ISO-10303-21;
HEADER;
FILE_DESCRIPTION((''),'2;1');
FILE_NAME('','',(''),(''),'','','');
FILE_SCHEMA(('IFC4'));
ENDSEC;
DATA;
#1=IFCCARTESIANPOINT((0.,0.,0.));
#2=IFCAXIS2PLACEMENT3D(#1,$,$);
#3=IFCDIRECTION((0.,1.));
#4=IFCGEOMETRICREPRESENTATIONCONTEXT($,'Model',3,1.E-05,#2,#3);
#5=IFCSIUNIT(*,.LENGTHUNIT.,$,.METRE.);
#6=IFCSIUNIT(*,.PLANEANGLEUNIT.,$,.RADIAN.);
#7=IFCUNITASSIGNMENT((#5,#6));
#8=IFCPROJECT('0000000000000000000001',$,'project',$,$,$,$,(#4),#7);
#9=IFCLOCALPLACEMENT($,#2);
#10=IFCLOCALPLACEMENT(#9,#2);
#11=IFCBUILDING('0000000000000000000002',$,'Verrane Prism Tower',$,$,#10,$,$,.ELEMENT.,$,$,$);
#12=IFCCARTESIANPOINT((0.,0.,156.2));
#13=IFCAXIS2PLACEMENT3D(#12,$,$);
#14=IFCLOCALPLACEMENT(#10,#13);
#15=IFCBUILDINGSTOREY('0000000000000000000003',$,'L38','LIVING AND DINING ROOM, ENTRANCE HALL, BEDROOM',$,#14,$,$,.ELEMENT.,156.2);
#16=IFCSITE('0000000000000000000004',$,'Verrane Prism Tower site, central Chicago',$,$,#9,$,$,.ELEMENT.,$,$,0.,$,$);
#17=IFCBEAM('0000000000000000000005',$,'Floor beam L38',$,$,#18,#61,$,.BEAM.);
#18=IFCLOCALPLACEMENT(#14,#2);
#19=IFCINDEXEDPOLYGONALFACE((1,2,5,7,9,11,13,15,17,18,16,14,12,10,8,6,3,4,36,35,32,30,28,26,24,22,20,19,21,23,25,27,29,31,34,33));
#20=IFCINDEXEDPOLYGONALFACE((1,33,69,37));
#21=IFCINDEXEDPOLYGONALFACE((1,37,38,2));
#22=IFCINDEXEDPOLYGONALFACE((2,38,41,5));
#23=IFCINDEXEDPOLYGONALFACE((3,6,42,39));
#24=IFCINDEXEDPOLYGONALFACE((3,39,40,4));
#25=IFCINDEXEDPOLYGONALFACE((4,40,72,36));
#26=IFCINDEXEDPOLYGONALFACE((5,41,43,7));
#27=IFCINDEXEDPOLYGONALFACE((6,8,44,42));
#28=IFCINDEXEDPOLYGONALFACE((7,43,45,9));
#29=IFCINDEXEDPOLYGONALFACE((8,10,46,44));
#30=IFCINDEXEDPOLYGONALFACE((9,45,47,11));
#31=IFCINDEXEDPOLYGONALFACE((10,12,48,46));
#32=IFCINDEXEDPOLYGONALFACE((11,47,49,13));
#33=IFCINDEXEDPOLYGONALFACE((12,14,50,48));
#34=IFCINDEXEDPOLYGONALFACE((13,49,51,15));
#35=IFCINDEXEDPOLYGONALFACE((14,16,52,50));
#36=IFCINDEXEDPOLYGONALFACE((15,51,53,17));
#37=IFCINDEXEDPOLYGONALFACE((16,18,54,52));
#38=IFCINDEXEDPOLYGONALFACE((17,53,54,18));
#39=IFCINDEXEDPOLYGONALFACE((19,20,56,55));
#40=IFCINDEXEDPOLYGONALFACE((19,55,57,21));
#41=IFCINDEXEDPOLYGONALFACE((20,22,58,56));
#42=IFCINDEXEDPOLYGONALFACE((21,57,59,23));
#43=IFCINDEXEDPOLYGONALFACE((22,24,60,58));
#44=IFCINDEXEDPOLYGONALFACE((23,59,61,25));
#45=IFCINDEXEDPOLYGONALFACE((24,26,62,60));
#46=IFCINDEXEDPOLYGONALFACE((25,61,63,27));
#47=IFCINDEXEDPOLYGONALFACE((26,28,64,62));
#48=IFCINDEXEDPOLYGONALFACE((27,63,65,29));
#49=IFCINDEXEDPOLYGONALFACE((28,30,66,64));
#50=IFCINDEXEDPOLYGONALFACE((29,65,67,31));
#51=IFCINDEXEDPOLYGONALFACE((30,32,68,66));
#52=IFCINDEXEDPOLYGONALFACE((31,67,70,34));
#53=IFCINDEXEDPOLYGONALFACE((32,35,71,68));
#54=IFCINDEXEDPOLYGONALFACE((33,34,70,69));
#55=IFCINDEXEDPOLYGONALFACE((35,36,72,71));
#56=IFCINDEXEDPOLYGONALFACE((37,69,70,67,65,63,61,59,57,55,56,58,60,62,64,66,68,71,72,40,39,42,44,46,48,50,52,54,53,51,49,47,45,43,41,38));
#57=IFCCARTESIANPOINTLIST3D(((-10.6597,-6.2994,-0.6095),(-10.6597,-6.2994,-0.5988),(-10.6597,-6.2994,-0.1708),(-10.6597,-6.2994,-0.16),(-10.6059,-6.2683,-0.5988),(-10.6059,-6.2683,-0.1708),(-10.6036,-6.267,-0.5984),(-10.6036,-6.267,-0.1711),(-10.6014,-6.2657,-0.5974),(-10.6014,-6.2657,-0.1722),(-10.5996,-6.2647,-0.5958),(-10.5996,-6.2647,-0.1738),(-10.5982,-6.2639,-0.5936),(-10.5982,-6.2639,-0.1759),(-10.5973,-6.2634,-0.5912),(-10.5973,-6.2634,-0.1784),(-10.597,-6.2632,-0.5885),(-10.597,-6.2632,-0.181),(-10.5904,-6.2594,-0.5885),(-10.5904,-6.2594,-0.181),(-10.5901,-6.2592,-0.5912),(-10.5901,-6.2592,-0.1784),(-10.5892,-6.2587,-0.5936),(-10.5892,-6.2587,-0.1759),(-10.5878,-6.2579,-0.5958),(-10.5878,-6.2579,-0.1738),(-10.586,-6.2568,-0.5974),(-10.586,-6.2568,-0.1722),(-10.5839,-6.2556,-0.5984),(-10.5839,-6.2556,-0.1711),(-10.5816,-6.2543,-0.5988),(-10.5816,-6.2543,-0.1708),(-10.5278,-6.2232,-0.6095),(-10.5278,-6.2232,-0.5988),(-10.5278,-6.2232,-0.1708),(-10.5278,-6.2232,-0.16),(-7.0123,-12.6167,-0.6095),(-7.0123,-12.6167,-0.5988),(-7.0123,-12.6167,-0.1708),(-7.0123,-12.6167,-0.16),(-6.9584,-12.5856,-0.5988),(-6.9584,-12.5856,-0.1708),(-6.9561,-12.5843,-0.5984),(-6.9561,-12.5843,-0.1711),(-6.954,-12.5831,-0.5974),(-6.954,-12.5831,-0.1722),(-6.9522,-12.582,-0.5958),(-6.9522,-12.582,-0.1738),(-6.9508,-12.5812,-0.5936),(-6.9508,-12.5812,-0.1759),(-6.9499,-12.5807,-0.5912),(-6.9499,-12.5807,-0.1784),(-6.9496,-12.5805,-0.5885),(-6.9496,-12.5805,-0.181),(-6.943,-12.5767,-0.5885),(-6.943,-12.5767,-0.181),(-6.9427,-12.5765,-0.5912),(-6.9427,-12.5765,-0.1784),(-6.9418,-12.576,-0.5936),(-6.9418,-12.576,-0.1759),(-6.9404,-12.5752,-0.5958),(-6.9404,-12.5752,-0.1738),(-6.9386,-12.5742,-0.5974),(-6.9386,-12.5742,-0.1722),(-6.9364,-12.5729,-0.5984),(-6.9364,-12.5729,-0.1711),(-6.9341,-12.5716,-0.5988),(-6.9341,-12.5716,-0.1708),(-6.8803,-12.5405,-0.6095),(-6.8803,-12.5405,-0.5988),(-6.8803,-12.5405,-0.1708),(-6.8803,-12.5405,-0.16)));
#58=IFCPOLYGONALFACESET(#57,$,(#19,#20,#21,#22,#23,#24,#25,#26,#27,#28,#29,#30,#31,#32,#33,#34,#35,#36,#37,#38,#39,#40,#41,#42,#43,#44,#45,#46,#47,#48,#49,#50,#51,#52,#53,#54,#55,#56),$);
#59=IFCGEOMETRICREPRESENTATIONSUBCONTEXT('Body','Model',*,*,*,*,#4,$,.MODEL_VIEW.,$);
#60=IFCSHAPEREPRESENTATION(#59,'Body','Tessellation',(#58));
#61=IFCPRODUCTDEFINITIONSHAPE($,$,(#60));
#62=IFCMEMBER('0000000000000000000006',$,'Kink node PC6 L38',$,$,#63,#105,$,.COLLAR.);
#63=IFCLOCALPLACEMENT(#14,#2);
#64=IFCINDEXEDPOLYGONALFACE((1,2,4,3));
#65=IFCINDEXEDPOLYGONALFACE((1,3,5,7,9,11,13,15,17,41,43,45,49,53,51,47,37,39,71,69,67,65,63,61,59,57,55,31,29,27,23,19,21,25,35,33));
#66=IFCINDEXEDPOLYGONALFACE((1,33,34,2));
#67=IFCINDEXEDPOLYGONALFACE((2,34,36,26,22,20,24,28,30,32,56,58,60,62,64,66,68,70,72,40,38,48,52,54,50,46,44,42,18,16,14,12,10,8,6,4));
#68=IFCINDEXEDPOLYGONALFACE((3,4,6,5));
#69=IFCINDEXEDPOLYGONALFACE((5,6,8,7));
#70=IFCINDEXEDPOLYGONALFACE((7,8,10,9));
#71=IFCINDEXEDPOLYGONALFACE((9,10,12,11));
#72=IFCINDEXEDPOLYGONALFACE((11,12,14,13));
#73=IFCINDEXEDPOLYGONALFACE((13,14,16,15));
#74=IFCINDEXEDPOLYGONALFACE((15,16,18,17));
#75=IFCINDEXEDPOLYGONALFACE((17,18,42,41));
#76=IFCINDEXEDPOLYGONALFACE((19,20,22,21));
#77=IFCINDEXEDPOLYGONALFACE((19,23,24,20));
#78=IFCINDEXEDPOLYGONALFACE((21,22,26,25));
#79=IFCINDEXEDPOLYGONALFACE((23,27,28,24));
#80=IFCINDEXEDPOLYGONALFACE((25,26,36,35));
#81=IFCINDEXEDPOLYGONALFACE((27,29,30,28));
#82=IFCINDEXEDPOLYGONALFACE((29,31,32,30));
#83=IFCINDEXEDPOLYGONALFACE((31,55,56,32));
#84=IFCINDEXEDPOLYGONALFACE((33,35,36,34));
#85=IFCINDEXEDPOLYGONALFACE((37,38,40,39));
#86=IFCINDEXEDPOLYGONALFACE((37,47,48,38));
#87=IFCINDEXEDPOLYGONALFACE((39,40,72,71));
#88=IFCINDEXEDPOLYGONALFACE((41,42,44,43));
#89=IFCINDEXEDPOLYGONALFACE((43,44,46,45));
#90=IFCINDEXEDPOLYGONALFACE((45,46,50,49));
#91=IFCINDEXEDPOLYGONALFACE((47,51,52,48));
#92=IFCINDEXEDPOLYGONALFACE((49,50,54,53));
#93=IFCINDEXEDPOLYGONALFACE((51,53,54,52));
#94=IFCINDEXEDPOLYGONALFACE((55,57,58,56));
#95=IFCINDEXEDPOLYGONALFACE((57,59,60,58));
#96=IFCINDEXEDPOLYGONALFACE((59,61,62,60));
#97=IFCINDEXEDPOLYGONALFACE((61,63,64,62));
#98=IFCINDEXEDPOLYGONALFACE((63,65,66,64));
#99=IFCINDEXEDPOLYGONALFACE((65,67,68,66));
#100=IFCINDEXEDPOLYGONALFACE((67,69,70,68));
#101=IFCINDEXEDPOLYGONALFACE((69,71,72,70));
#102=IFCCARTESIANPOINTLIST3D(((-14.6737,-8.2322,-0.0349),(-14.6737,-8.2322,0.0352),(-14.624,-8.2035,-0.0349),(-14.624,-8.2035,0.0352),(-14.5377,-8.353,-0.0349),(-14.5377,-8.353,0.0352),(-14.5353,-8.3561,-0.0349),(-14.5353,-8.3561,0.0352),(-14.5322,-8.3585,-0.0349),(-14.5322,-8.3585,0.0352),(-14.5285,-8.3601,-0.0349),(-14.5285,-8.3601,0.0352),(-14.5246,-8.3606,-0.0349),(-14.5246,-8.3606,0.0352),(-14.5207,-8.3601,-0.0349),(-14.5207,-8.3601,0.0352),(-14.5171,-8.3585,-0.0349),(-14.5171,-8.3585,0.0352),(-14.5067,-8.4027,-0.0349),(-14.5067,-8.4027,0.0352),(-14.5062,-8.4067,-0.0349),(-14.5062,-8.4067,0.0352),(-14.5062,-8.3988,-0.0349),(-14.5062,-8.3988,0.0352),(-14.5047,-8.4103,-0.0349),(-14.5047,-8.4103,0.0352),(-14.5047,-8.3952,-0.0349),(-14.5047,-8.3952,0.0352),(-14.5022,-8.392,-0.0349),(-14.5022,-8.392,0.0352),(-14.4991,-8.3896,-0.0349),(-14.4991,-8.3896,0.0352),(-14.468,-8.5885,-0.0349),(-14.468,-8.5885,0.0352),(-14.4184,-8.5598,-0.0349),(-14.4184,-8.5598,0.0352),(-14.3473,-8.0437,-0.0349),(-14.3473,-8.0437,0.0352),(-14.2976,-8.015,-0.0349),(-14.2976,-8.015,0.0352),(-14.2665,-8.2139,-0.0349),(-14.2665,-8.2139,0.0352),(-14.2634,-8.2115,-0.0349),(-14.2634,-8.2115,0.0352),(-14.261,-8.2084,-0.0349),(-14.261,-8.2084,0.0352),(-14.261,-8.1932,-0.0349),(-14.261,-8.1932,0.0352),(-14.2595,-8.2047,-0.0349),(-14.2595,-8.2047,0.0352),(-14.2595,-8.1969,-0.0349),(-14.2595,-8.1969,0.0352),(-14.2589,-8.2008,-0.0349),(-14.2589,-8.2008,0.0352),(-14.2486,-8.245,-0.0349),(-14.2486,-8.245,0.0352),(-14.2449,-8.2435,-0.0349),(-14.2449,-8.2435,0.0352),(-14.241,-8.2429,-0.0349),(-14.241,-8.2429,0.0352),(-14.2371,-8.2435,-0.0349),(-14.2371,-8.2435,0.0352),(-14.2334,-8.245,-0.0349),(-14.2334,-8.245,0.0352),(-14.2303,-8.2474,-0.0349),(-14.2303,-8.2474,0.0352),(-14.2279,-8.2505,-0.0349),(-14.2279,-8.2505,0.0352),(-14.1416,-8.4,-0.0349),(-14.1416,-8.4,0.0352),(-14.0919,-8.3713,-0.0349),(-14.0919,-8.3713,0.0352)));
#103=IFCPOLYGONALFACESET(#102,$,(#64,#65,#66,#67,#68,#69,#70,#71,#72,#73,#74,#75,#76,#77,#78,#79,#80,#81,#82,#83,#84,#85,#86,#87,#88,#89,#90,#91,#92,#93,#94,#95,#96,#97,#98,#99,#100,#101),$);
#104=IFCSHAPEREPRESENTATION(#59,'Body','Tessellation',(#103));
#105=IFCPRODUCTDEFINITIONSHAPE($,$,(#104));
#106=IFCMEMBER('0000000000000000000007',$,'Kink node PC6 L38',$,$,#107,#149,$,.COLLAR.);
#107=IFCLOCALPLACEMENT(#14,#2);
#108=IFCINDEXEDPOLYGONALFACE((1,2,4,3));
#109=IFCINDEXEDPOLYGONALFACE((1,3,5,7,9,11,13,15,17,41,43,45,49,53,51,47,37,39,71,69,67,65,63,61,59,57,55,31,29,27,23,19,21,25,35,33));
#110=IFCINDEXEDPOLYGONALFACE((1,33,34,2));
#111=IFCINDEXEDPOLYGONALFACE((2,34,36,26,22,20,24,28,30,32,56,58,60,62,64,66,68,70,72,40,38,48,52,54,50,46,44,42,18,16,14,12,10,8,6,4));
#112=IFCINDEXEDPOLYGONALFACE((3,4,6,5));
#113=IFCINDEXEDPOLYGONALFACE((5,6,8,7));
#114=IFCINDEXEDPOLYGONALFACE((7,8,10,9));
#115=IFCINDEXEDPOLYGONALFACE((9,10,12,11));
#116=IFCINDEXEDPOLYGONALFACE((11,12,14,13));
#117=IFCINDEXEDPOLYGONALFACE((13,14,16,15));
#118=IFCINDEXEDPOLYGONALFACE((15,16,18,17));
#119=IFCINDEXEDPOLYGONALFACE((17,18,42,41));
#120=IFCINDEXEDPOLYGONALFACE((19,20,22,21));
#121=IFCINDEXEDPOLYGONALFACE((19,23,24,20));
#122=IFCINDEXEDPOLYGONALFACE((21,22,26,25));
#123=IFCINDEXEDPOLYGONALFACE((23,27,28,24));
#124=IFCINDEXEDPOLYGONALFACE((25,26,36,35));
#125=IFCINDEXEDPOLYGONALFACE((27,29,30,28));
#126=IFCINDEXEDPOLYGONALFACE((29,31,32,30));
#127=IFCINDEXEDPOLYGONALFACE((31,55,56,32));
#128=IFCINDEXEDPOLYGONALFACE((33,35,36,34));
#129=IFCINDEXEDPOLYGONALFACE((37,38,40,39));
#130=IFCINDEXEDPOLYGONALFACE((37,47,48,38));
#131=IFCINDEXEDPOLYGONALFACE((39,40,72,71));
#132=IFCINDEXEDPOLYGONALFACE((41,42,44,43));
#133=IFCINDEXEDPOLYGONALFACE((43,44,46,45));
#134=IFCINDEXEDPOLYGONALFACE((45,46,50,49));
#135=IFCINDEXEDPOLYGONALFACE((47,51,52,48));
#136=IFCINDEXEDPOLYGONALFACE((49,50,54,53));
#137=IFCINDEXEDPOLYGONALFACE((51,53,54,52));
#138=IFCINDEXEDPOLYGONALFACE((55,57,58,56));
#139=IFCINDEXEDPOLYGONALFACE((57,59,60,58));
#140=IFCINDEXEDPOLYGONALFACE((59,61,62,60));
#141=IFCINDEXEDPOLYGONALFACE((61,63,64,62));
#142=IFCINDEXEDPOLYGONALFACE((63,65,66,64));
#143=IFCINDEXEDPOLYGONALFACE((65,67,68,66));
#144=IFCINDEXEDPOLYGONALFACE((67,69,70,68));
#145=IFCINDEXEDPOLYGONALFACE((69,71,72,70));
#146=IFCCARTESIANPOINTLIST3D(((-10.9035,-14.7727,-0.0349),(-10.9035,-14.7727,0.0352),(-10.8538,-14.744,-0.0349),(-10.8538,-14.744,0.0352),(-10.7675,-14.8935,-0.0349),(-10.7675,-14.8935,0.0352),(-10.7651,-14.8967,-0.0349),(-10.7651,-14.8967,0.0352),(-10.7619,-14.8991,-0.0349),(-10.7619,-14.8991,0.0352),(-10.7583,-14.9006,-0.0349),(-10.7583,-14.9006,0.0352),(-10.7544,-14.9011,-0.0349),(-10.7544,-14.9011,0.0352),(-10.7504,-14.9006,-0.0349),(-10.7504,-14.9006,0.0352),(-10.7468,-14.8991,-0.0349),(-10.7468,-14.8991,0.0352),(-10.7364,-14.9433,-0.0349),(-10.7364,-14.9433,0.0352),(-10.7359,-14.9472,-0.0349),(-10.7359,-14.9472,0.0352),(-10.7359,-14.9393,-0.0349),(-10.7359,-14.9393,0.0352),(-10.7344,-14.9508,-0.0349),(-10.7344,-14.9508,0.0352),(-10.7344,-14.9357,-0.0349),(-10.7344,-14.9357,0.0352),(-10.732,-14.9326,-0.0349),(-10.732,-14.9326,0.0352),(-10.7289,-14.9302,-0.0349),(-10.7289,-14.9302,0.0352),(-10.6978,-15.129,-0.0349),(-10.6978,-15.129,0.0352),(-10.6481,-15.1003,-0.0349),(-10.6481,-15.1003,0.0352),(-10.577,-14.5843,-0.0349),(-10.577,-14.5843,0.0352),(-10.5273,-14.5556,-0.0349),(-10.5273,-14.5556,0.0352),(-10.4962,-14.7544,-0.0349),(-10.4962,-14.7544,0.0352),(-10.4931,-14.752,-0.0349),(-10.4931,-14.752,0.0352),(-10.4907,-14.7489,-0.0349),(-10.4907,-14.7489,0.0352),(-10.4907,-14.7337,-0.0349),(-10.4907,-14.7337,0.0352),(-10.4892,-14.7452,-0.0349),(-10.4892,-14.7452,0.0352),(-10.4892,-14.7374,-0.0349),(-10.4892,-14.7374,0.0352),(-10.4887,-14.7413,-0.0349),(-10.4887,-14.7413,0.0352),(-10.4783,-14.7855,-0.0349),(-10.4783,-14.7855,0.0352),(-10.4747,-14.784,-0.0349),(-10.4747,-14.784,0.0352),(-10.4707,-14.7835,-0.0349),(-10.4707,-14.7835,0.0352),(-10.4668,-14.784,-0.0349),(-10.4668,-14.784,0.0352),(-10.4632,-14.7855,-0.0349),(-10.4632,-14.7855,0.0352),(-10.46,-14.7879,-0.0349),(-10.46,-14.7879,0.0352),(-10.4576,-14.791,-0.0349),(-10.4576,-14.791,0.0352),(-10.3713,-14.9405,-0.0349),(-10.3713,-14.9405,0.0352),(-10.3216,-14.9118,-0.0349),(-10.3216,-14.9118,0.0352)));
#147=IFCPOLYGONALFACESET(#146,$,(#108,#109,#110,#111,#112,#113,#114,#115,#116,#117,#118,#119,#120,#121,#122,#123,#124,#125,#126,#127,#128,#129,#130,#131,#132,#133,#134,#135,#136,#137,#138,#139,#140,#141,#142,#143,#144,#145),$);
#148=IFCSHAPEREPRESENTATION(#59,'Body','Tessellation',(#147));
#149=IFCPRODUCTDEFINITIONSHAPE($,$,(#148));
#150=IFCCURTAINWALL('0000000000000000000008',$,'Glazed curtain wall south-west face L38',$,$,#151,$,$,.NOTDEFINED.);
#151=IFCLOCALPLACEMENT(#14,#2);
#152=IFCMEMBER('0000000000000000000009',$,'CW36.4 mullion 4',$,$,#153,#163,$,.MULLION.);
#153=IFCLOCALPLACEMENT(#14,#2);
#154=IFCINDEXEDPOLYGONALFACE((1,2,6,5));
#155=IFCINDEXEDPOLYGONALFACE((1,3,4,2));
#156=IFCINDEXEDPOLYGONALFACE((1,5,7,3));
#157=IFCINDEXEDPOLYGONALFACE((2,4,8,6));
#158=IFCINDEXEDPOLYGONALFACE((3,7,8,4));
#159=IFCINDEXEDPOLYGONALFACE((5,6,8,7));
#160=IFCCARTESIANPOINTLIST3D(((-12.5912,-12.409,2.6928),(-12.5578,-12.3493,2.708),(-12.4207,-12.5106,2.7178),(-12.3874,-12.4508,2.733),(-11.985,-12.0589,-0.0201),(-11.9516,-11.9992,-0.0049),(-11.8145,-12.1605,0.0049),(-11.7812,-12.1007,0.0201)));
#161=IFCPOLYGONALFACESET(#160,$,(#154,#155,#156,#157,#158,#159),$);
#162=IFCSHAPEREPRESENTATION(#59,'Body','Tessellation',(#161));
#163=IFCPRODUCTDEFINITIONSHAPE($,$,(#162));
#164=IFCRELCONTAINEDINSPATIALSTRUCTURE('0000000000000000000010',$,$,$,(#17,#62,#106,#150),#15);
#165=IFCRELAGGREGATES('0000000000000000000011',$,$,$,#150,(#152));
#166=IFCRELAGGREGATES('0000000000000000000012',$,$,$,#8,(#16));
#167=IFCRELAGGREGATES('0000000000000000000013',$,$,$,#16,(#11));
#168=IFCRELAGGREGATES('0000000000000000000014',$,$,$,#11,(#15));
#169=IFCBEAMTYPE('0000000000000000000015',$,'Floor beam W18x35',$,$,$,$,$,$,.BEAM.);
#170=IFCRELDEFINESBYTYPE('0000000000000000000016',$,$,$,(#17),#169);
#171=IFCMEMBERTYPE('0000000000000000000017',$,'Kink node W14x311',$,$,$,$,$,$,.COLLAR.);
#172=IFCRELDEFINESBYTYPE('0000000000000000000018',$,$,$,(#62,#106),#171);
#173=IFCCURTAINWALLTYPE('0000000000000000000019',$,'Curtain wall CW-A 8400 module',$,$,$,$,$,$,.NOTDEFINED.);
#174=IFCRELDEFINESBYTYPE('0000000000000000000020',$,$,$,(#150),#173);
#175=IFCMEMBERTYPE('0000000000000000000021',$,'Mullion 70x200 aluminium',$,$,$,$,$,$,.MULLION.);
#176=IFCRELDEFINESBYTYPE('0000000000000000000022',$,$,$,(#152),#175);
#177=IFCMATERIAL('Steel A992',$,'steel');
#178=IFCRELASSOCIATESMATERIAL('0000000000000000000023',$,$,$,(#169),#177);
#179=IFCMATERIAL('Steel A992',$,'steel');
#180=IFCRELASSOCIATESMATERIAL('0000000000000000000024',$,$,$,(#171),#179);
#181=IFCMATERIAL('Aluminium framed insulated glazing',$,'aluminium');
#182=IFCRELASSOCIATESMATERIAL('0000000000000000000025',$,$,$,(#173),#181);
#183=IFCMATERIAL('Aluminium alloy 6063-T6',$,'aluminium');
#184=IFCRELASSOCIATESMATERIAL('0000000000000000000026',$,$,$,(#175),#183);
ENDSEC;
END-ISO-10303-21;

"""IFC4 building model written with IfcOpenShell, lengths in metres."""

from ifc_helpers import new_model, si_unit, direction, frame, origin, origin_2d, place, context, subcontext, project, spatial, rectangle, i_section, extrude, material, material_profile, profile_set, type_object, element, aggregate, save


model = new_model("IFC4")

# Units and contexts
model_context = context("Model", 3, precision=1e-05, world=origin(), true_north=direction((0.0, 1.0)))
body_context = subcontext(model_context, "Body", "Model", "MODEL_VIEW")
ifc_project = project(units=[si_unit("LENGTHUNIT", "METRE"), si_unit("PLANEANGLEUNIT", "RADIAN")], contexts=[model_context])

# Site, building, storey
site_placement = place(None, origin())
site = spatial("IfcSite", under=ifc_project, at=site_placement, Name="Verrane Prism Tower site, central Chicago", CompositionType="ELEMENT", RefElevation=0.0)
building_placement = place(site_placement, origin())
building = spatial("IfcBuilding", under=site, at=building_placement, Name="Verrane Prism Tower", CompositionType="ELEMENT")
storey_placement = place(building_placement, frame((0.0, 0.0, 156.2)))
storey = spatial("IfcBuildingStorey", under=building, at=storey_placement, Name="L38", Description="LIVING AND DINING ROOM, ENTRANCE HALL, BEDROOM", CompositionType="ELEMENT", Elevation=156.2)

# Beam
ifc_material_1 = material(Name="Steel A992", Category="steel")
ifc_material_profile_1 = material_profile(ifc_material_1, i_section(OverallWidth=0.1523, OverallDepth=0.4495, WebThickness=0.0076, FlangeThickness=0.0107, FilletRadius=0.0103, at=origin_2d()), Name="W18x35")
ifc_profile_set_1 = profile_set([ifc_material_profile_1], Name="Steel A992")
beam_type_1 = type_object("IfcBeamType", Name="Floor beam W18x35", PredefinedType="BEAM", material=ifc_profile_set_1)
beam_1_placement = place(storey_placement, frame((-6.9463, -12.5786, -0.3848), z_axis=(-0.500012, 0.866018, 0.0), x_axis=(-0.866018, -0.500012, 0.0)))
element("IfcBeam", 1, at=beam_1_placement, inside=storey, type_object=beam_type_1, Name="Floor beam L38", PredefinedType="BEAM", context=body_context, shape_type="SweptSolid", body=[
    extrude(i_section(OverallWidth=0.1523, OverallDepth=0.4495, WebThickness=0.0076, FlangeThickness=0.0107, FilletRadius=0.0103, at=origin_2d()), origin(), (0.0, 0.0, 1.0), 7.2947),
])

# Members
ifc_material_2 = material(Name="Steel A992", Category="steel")
ifc_material_profile_2 = material_profile(ifc_material_2, i_section(OverallWidth=0.4114, OverallDepth=0.4343, WebThickness=0.0359, FlangeThickness=0.0574, FilletRadius=0.0151, at=origin_2d()), Name="W14x311")
ifc_profile_set_2 = profile_set([ifc_material_profile_2], Name="Steel A992")
member_type_1 = type_object("IfcMemberType", Name="Kink node W14x311", PredefinedType="COLLAR", material=ifc_profile_set_2)
for number, where, z_axis, x_axis, name in (
    (2, (-14.3828, -8.3018, -0.0349), (0.0, 0.0, 1.0), (-0.5, 0.866025, 0.0), "Kink node PC6 L38"),
    (3, (-10.6125, -14.8423, -0.0349), (0.0, 0.0, 1.0), (-0.5, 0.866025, 0.0), "Kink node PC6 L38"),
):
    element("IfcMember", number, at=place(storey_placement, frame(where, z_axis=z_axis, x_axis=x_axis)), inside=storey, type_object=member_type_1, Name=name, PredefinedType="COLLAR", context=body_context, shape_type="SweptSolid", body=[
        extrude(i_section(OverallWidth=0.4114, OverallDepth=0.4343, WebThickness=0.0359, FlangeThickness=0.0574, FilletRadius=0.0151, at=origin_2d()), origin(), (0.0, 0.0, 1.0), 0.0701),
    ])

# Curtain wall, member
ifc_material_3 = material(Name="Aluminium framed insulated glazing", Category="aluminium")
curtain_wall_type = type_object("IfcCurtainWallType", Name="Curtain wall CW-A 8400 module", PredefinedType="NOTDEFINED", material=ifc_material_3)
curtain_wall_placement = place(storey_placement, origin())
curtain_wall = element("IfcCurtainWall", 4, at=curtain_wall_placement, inside=storey, type_object=curtain_wall_type, Name="Glazed curtain wall south-west face L38", PredefinedType="NOTDEFINED")
ifc_material_4 = material(Name="Aluminium alloy 6063-T6", Category="aluminium")
ifc_material_profile_3 = material_profile(ifc_material_4, rectangle(XDim=0.2, YDim=0.0701, at=origin_2d()), Name="Mullion 70x200 aluminium")
ifc_profile_set_3 = profile_set([ifc_material_profile_3], Name="Aluminium alloy 6063-T6")
member_type_2 = type_object("IfcMemberType", Name="Mullion 70x200 aluminium", PredefinedType="MULLION", material=ifc_profile_set_3)
member_1_placement = place(storey_placement, frame((-11.8831, -12.0798, 0.0), z_axis=(-0.216365, -0.124957, 0.968283), x_axis=(0.852359, -0.507816, 0.124928)))
member_1 = element("IfcMember", 5, at=member_1_placement, type_object=member_type_2, Name="CW36.4 mullion 4", PredefinedType="MULLION", context=body_context, shape_type="SweptSolid", body=[
    extrude(rectangle(XDim=0.2, YDim=0.0701, at=origin_2d()), origin(), (0.0, 0.0, 1.0), 2.8018),
])

aggregate(curtain_wall, [member_1])

save(model, "model.ifc")
